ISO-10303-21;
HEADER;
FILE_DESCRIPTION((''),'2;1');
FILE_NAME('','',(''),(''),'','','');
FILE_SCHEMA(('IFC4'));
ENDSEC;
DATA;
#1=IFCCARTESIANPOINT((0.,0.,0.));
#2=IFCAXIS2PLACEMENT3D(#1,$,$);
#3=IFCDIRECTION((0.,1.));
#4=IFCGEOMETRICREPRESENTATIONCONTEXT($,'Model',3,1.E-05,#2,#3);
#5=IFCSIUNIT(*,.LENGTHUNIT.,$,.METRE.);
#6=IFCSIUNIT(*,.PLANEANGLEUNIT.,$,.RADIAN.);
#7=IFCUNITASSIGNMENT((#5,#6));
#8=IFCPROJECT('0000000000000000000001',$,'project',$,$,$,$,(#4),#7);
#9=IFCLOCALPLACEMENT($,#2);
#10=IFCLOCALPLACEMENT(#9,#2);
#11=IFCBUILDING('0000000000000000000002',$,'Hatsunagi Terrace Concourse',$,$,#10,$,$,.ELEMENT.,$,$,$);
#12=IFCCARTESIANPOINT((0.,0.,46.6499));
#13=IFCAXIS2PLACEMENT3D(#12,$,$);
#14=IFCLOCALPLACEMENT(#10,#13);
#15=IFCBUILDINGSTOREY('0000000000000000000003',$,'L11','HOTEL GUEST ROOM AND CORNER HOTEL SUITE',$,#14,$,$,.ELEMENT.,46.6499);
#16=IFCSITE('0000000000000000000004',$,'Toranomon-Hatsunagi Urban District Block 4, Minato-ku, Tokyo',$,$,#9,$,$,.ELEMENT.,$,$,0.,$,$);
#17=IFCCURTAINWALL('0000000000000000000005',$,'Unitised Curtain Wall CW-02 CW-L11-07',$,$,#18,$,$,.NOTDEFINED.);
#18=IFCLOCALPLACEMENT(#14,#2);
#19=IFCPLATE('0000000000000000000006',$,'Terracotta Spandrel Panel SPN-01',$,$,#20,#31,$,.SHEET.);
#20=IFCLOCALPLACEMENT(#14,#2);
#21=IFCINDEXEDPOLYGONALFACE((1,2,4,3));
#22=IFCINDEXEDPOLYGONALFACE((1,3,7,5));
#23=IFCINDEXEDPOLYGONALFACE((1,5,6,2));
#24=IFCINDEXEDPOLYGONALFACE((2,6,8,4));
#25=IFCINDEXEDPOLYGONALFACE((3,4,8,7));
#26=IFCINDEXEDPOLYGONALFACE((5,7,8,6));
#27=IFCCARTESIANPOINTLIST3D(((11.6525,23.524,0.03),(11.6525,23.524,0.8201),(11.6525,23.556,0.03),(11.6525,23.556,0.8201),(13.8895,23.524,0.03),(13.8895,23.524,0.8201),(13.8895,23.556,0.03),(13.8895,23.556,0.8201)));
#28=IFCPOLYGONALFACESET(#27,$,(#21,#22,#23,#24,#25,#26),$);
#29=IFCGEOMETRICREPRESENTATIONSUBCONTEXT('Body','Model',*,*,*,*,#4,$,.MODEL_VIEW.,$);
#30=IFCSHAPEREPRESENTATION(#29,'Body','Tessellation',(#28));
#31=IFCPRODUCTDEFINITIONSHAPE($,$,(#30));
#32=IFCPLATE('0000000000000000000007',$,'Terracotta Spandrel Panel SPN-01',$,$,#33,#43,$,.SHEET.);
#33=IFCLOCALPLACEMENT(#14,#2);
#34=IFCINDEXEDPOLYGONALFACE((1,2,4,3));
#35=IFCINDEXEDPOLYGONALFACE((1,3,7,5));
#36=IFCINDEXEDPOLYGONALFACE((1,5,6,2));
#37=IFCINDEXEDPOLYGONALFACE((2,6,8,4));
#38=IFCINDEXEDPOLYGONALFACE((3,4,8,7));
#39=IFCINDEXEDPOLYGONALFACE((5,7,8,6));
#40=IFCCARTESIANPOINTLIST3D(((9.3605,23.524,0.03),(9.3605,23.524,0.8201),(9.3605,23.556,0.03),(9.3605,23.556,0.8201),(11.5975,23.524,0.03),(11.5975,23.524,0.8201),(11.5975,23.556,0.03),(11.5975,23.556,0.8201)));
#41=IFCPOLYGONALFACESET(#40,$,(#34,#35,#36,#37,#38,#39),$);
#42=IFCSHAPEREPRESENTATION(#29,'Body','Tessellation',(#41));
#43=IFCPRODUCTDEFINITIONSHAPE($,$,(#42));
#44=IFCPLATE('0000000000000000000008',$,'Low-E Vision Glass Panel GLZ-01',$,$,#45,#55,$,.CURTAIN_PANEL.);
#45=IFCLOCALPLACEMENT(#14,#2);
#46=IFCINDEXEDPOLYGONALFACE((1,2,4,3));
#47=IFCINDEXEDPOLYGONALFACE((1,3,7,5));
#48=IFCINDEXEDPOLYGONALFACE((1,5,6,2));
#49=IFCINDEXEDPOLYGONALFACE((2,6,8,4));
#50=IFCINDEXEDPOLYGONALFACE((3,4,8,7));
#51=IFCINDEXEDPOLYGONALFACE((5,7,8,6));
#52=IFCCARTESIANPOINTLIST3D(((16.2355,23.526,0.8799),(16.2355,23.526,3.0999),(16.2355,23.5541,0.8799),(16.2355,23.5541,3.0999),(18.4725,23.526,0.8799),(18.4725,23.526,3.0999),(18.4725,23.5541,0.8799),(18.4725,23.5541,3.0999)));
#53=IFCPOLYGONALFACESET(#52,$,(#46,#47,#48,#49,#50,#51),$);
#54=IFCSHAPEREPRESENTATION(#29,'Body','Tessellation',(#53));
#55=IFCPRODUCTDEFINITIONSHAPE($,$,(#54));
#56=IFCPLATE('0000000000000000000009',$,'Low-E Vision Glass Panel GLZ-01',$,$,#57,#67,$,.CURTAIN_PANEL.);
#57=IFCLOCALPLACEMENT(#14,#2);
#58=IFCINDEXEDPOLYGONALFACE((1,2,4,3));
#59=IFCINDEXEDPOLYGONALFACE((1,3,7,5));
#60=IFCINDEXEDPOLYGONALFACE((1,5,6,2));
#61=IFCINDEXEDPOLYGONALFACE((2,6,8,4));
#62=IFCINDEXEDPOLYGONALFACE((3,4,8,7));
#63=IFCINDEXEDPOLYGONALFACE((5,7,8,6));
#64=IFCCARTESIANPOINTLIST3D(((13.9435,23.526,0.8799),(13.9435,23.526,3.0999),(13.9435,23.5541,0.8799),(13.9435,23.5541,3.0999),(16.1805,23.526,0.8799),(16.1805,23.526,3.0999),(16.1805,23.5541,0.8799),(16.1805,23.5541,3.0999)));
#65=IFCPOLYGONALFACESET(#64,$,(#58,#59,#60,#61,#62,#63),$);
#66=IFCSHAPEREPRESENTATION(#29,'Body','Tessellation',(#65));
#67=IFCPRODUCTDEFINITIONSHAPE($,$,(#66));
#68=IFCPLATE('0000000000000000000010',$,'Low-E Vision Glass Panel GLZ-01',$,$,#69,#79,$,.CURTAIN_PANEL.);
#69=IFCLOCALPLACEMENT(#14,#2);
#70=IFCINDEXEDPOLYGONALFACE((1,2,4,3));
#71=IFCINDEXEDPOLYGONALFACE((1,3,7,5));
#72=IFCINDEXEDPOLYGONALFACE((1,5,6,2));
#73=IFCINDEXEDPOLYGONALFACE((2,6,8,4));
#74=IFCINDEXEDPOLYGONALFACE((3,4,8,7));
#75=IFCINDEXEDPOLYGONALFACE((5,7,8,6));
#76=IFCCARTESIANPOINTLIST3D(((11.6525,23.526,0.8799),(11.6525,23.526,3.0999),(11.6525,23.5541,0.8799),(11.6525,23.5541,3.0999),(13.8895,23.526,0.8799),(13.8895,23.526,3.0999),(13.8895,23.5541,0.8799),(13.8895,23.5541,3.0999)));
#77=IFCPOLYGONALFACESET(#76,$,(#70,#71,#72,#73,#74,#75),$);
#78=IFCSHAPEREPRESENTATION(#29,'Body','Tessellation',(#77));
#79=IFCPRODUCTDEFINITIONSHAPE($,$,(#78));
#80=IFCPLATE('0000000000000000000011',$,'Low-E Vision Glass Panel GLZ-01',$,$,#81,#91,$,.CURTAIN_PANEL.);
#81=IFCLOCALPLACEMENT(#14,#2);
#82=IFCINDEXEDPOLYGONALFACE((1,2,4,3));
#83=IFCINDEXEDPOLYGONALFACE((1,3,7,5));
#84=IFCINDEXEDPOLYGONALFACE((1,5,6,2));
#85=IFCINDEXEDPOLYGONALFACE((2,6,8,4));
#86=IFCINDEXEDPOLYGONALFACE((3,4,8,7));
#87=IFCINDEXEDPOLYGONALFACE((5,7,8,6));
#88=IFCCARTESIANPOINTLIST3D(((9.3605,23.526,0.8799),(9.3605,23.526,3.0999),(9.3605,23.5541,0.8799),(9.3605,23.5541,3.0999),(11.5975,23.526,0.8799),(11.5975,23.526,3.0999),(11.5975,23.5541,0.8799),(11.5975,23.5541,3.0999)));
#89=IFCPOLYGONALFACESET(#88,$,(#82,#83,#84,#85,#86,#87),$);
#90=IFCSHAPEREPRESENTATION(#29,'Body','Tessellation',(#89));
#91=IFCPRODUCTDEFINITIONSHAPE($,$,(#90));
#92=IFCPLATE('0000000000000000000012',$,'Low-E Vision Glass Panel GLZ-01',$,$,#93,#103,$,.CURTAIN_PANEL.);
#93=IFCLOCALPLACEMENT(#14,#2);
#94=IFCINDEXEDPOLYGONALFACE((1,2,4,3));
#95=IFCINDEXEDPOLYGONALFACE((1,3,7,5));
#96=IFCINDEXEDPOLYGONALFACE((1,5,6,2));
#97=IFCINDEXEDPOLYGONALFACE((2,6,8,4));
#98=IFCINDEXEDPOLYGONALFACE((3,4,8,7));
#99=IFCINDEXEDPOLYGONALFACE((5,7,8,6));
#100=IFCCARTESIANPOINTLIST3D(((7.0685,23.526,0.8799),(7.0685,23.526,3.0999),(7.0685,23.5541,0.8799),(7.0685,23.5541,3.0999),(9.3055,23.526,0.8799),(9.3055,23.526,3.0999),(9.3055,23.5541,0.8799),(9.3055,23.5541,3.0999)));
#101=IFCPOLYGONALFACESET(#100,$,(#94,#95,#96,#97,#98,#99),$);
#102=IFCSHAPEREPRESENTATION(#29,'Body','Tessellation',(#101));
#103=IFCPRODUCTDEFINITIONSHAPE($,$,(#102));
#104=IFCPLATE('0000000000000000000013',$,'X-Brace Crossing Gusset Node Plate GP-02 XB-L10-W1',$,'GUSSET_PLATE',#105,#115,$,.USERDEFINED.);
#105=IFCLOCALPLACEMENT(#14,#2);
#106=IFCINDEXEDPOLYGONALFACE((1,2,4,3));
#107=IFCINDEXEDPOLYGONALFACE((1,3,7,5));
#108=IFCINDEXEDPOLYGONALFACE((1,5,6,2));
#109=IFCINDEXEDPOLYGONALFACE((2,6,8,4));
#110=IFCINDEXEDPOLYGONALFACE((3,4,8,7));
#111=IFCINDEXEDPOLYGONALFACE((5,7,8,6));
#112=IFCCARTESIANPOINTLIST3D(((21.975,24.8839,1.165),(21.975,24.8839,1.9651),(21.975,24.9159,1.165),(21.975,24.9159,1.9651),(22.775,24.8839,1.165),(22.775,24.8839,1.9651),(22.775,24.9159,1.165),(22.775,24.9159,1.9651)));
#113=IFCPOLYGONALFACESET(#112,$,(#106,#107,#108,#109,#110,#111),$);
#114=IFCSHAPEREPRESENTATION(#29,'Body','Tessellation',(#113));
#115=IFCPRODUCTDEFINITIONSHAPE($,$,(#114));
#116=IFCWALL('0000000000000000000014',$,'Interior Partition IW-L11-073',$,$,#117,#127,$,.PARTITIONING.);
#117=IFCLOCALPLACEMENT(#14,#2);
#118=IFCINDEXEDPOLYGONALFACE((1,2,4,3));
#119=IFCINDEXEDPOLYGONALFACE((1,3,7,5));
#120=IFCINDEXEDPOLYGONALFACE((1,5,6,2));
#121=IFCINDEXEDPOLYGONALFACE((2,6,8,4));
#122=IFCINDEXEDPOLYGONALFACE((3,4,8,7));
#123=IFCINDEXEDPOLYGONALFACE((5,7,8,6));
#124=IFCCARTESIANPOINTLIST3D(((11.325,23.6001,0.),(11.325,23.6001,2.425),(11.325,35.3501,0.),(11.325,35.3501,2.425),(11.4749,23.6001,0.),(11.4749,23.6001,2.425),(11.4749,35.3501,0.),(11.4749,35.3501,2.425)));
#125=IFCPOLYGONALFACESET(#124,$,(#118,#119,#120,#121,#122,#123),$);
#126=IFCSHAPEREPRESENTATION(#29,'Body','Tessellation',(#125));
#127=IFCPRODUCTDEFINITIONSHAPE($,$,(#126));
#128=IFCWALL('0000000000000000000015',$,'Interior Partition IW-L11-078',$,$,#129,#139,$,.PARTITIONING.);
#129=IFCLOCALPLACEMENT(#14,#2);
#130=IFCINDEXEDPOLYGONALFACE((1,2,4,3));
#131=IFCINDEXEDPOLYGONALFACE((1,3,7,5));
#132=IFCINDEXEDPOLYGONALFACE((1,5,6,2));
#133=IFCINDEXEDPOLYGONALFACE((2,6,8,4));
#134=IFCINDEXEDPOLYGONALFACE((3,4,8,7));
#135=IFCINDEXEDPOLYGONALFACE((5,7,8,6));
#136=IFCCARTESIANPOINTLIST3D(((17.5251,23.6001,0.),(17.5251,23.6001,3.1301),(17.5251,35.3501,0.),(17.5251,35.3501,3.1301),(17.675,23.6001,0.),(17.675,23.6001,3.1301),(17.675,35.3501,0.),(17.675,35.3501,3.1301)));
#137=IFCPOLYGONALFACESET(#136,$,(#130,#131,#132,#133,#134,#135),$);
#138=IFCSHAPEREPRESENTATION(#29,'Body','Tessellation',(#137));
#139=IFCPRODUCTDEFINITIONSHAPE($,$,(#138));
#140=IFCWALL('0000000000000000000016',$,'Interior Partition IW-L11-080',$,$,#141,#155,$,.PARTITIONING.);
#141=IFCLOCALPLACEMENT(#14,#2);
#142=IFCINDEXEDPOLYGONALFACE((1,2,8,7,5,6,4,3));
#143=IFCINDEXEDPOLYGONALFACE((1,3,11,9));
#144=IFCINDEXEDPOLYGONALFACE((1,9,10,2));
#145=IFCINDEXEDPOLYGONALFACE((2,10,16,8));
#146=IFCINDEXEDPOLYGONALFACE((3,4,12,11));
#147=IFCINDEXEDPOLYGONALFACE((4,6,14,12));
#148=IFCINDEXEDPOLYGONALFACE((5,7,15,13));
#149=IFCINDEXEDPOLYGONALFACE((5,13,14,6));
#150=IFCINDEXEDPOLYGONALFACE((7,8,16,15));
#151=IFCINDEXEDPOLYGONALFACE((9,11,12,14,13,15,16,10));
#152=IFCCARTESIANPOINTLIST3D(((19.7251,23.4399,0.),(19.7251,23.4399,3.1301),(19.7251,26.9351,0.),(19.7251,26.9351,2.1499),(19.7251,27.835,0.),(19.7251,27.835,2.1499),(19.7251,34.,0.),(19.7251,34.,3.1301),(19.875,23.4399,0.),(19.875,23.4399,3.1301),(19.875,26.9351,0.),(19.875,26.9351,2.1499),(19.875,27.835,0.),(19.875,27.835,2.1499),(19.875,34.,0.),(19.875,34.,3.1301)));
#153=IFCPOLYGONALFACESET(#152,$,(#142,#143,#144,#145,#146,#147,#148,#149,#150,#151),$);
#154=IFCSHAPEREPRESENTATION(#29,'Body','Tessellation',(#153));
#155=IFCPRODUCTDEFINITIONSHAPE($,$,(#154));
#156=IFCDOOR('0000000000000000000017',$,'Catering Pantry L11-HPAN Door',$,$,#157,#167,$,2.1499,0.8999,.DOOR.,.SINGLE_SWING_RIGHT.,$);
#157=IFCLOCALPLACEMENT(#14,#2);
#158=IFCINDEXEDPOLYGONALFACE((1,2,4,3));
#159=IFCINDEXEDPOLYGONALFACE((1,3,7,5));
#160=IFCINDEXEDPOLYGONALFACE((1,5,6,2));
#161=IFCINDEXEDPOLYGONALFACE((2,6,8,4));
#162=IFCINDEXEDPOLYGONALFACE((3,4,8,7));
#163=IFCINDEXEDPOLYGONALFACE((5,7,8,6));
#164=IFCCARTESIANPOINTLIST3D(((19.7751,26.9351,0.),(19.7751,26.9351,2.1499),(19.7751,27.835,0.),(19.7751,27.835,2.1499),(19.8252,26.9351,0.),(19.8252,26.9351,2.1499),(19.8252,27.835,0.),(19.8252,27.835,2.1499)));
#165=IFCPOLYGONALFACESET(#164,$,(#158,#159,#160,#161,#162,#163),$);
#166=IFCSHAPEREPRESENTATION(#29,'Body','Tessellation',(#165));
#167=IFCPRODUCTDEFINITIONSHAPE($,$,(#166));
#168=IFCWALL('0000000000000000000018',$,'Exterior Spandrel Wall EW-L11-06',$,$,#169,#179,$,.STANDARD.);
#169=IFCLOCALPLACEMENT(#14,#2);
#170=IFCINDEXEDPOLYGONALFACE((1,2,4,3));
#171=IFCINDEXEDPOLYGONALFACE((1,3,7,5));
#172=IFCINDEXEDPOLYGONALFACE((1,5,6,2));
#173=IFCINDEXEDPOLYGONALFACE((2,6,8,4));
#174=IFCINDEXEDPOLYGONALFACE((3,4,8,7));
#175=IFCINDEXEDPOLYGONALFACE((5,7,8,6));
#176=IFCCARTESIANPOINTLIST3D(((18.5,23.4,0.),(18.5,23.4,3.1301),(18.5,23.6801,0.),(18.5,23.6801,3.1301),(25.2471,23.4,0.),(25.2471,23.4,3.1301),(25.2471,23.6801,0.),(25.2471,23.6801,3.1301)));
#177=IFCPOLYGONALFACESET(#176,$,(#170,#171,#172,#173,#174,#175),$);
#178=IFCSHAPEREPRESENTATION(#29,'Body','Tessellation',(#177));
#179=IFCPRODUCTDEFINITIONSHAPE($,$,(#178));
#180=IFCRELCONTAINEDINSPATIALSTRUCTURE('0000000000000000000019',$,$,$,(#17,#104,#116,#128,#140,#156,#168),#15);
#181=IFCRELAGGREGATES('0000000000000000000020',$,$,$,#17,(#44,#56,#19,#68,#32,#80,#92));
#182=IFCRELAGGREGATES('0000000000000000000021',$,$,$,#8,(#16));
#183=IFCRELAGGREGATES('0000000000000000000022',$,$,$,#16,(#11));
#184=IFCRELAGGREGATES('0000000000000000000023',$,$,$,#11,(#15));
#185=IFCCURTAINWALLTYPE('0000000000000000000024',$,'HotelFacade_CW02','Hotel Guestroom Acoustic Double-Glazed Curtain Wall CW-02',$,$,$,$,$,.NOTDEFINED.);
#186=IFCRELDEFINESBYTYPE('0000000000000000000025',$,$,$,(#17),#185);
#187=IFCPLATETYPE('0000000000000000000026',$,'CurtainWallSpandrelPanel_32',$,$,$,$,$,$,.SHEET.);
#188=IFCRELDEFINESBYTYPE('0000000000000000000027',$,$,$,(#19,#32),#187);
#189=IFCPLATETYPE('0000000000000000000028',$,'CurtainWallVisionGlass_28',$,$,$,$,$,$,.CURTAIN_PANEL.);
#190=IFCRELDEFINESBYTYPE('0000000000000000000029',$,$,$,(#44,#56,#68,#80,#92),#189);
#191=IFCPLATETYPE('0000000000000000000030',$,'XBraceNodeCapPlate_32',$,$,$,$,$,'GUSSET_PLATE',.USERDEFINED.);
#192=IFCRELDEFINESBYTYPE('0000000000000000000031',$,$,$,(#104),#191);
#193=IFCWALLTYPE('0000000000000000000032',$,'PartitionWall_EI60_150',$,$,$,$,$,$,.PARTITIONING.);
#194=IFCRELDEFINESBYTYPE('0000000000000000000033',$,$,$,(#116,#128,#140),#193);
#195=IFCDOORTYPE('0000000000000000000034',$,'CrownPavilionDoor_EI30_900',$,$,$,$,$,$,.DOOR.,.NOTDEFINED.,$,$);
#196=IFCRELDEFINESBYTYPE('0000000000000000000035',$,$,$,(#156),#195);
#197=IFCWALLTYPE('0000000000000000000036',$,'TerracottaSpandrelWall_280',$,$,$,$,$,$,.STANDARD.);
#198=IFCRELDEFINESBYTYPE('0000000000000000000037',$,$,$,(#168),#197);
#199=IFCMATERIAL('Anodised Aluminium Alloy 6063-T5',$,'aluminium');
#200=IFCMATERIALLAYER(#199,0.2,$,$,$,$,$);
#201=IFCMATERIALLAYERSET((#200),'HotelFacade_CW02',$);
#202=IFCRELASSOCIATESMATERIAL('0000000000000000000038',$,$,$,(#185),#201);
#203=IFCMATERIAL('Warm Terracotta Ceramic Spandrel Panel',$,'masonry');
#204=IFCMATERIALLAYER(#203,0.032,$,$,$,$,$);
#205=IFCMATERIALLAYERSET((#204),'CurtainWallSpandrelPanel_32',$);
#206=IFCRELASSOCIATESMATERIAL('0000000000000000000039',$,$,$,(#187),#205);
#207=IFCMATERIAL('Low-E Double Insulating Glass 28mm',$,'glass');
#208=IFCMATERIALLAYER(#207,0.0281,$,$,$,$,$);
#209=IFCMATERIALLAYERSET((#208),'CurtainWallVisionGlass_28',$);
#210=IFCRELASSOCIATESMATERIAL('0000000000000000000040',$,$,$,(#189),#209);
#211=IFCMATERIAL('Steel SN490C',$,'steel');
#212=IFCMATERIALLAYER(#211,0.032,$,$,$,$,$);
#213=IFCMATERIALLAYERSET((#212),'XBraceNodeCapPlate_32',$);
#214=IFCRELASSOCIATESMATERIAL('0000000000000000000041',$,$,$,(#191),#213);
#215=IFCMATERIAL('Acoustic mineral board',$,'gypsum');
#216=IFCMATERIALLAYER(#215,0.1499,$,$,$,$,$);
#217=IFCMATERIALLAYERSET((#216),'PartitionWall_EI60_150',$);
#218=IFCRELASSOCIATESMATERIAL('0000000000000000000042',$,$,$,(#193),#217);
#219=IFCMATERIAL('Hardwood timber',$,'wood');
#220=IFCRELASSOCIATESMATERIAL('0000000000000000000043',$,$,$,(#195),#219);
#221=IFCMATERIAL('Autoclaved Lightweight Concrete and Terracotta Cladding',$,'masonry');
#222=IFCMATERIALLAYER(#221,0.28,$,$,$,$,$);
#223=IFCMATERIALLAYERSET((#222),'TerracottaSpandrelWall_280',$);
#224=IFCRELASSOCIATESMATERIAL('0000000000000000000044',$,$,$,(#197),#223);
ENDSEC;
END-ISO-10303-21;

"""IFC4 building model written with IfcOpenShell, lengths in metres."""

from ifc_helpers import new_model, si_unit, direction, frame, frame_2d, origin, origin_2d, place, context, subcontext, project, spatial, rectangle, extrude, material, layer, layer_set, type_object, element, fill, aggregate, save


model = new_model("IFC4")

# Units and contexts
model_context = context("Model", 3, precision=1e-05, world=origin(), true_north=direction((0.0, 1.0)))
body_context = subcontext(model_context, "Body", "Model", "MODEL_VIEW")
ifc_project = project(units=[si_unit("LENGTHUNIT", "METRE"), si_unit("PLANEANGLEUNIT", "RADIAN")], contexts=[model_context])

# Site, building, storey
site_placement = place(None, origin())
site = spatial("IfcSite", under=ifc_project, at=site_placement, Name="Toranomon-Hatsunagi Urban District Block 4, Minato-ku, Tokyo", CompositionType="ELEMENT", RefElevation=0.0)
building_placement = place(site_placement, origin())
building = spatial("IfcBuilding", under=site, at=building_placement, Name="Hatsunagi Terrace Concourse", CompositionType="ELEMENT")
storey_placement = place(building_placement, frame((0.0, 0.0, 46.6499)))
storey = spatial("IfcBuildingStorey", under=building, at=storey_placement, Name="L11", Description="HOTEL GUEST ROOM AND CORNER HOTEL SUITE", CompositionType="ELEMENT", Elevation=46.6499)

# Curtain wall
ifc_material_1 = material(Name="Anodised Aluminium Alloy 6063-T5", Category="aluminium")
ifc_layer_1 = layer(ifc_material_1, 0.2)
ifc_layer_set_1 = layer_set([ifc_layer_1], Name="HotelFacade_CW02")
curtain_wall_type = type_object("IfcCurtainWallType", Name="HotelFacade_CW02", Description="Hotel Guestroom Acoustic Double-Glazed Curtain Wall CW-02", PredefinedType="NOTDEFINED", material=ifc_layer_set_1)
curtain_wall_placement = place(storey_placement, origin())
curtain_wall = element("IfcCurtainWall", 1, at=curtain_wall_placement, inside=storey, type_object=curtain_wall_type, Name="Unitised Curtain Wall CW-02 CW-L11-07", PredefinedType="NOTDEFINED")

# Plates
ifc_material_2 = material(Name="Warm Terracotta Ceramic Spandrel Panel", Category="masonry")
ifc_layer_2 = layer(ifc_material_2, 0.032)
ifc_layer_set_2 = layer_set([ifc_layer_2], Name="CurtainWallSpandrelPanel_32")
plate_type_1 = type_object("IfcPlateType", Name="CurtainWallSpandrelPanel_32", PredefinedType="SHEET", material=ifc_layer_set_2)
plate_1_placement = place(storey_placement, frame((12.771, 23.54, 0.03), z_axis=(0.0, 0.0, 1.0), x_axis=(-1.0, 0.0, 0.0)))
plate_1 = element("IfcPlate", 2, at=plate_1_placement, type_object=plate_type_1, Name="Terracotta Spandrel Panel SPN-01", PredefinedType="SHEET", context=body_context, shape_type="SweptSolid", body=[
    extrude(rectangle(XDim=2.2371, YDim=0.032, at=origin_2d()), origin(), (0.0, 0.0, 1.0), 0.79),
])
plate_2_placement = place(storey_placement, frame((10.479, 23.54, 0.03), z_axis=(0.0, 0.0, 1.0), x_axis=(-1.0, 0.0, 0.0)))
plate_2 = element("IfcPlate", 3, at=plate_2_placement, type_object=plate_type_1, Name="Terracotta Spandrel Panel SPN-01", PredefinedType="SHEET", context=body_context, shape_type="SweptSolid", body=[
    extrude(rectangle(XDim=2.2371, YDim=0.032, at=origin_2d()), origin(), (0.0, 0.0, 1.0), 0.79),
])
ifc_material_3 = material(Name="Low-E Double Insulating Glass 28mm", Category="glass")
ifc_layer_3 = layer(ifc_material_3, 0.0281)
ifc_layer_set_3 = layer_set([ifc_layer_3], Name="CurtainWallVisionGlass_28")
plate_type_2 = type_object("IfcPlateType", Name="CurtainWallVisionGlass_28", PredefinedType="CURTAIN_PANEL", material=ifc_layer_set_3)
plate_3_placement = place(storey_placement, frame((17.354, 23.54, 0.8799), z_axis=(0.0, 0.0, 1.0), x_axis=(-1.0, 0.0, 0.0)))
plate_3 = element("IfcPlate", 4, at=plate_3_placement, type_object=plate_type_2, Name="Low-E Vision Glass Panel GLZ-01", PredefinedType="CURTAIN_PANEL", context=body_context, shape_type="SweptSolid", body=[
    extrude(rectangle(XDim=2.2371, YDim=0.0281, at=origin_2d()), origin(), (0.0, 0.0, 1.0), 2.22),
])
plate_4_placement = place(storey_placement, frame((15.062, 23.54, 0.8799), z_axis=(0.0, 0.0, 1.0), x_axis=(-1.0, 0.0, 0.0)))
plate_4 = element("IfcPlate", 5, at=plate_4_placement, type_object=plate_type_2, Name="Low-E Vision Glass Panel GLZ-01", PredefinedType="CURTAIN_PANEL", context=body_context, shape_type="SweptSolid", body=[
    extrude(rectangle(XDim=2.2371, YDim=0.0281, at=origin_2d()), origin(), (0.0, 0.0, 1.0), 2.22),
])
plate_5_placement = place(storey_placement, frame((12.771, 23.54, 0.8799), z_axis=(0.0, 0.0, 1.0), x_axis=(-1.0, 0.0, 0.0)))
plate_5 = element("IfcPlate", 6, at=plate_5_placement, type_object=plate_type_2, Name="Low-E Vision Glass Panel GLZ-01", PredefinedType="CURTAIN_PANEL", context=body_context, shape_type="SweptSolid", body=[
    extrude(rectangle(XDim=2.2371, YDim=0.0281, at=origin_2d()), origin(), (0.0, 0.0, 1.0), 2.22),
])
plate_6_placement = place(storey_placement, frame((10.479, 23.54, 0.8799), z_axis=(0.0, 0.0, 1.0), x_axis=(-1.0, 0.0, 0.0)))
plate_6 = element("IfcPlate", 7, at=plate_6_placement, type_object=plate_type_2, Name="Low-E Vision Glass Panel GLZ-01", PredefinedType="CURTAIN_PANEL", context=body_context, shape_type="SweptSolid", body=[
    extrude(rectangle(XDim=2.2371, YDim=0.0281, at=origin_2d()), origin(), (0.0, 0.0, 1.0), 2.22),
])
plate_7_placement = place(storey_placement, frame((8.187, 23.54, 0.8799), z_axis=(0.0, 0.0, 1.0), x_axis=(-1.0, 0.0, 0.0)))
plate_7 = element("IfcPlate", 8, at=plate_7_placement, type_object=plate_type_2, Name="Low-E Vision Glass Panel GLZ-01", PredefinedType="CURTAIN_PANEL", context=body_context, shape_type="SweptSolid", body=[
    extrude(rectangle(XDim=2.2371, YDim=0.0281, at=origin_2d()), origin(), (0.0, 0.0, 1.0), 2.22),
])
aggregate(curtain_wall, [plate_3, plate_4, plate_1, plate_5, plate_2, plate_6, plate_7])
ifc_material_4 = material(Name="Steel SN490C", Category="steel")
ifc_layer_4 = layer(ifc_material_4, 0.032)
ifc_layer_set_4 = layer_set([ifc_layer_4], Name="XBraceNodeCapPlate_32")
plate_type_3 = type_object("IfcPlateType", Name="XBraceNodeCapPlate_32", ElementType="GUSSET_PLATE", PredefinedType="USERDEFINED", material=ifc_layer_set_4)
plate_8_placement = place(storey_placement, frame((22.375, 24.8999, 1.165), z_axis=(0.0, 0.0, 1.0), x_axis=(1.0, 0.0, 0.0)))
element("IfcPlate", 9, at=plate_8_placement, inside=storey, type_object=plate_type_3, Name="X-Brace Crossing Gusset Node Plate GP-02 XB-L10-W1", ObjectType="GUSSET_PLATE", PredefinedType="USERDEFINED", context=body_context, shape_type="SweptSolid", body=[
    extrude(rectangle(XDim=0.8, YDim=0.032, at=origin_2d()), origin(), (0.0, 0.0, 1.0), 0.8),
])

# Walls
ifc_material_5 = material(Name="Acoustic mineral board", Category="gypsum")
ifc_layer_5 = layer(ifc_material_5, 0.1499)
ifc_layer_set_5 = layer_set([ifc_layer_5], Name="PartitionWall_EI60_150")
wall_type_1 = type_object("IfcWallType", Name="PartitionWall_EI60_150", PredefinedType="PARTITIONING", material=ifc_layer_set_5)
wall_1_placement = place(storey_placement, frame((11.3999, 23.6001, 0.0), z_axis=(0.0, 0.0, 1.0), x_axis=(0.0, 1.0, 0.0)))
element("IfcWall", 10, at=wall_1_placement, inside=storey, type_object=wall_type_1, Name="Interior Partition IW-L11-073", PredefinedType="PARTITIONING", context=body_context, shape_type="SweptSolid", body=[
    extrude(rectangle(XDim=11.75, YDim=0.1499, at=frame_2d((5.875, 0.0))), origin(), (0.0, 0.0, 1.0), 2.425),
])
wall_2_placement = place(storey_placement, frame((17.6001, 23.6001, 0.0), z_axis=(0.0, 0.0, 1.0), x_axis=(0.0, 1.0, 0.0)))
element("IfcWall", 11, at=wall_2_placement, inside=storey, type_object=wall_type_1, Name="Interior Partition IW-L11-078", PredefinedType="PARTITIONING", context=body_context, shape_type="SweptSolid", body=[
    extrude(rectangle(XDim=11.75, YDim=0.1499, at=frame_2d((5.875, 0.0))), origin(), (0.0, 0.0, 1.0), 3.1301),
])

# Wall, opening, door
wall_3_placement = place(storey_placement, frame((19.8, 23.4399, 0.0), z_axis=(0.0, 0.0, 1.0), x_axis=(0.0, 1.0, 0.0)))
wall_3 = element("IfcWall", 12, at=wall_3_placement, inside=storey, type_object=wall_type_1, Name="Interior Partition IW-L11-080", PredefinedType="PARTITIONING", context=body_context, shape_type="SweptSolid", body=[
    extrude(rectangle(XDim=10.5601, YDim=0.1499, at=frame_2d((5.28, 0.0))), origin(), (0.0, 0.0, 1.0), 3.1301),
])
opening_placement = place(wall_3_placement, frame((3.4951, 0.0, 0.0)))
opening = element("IfcOpeningElement", 13, at=opening_placement, cuts=wall_3, PredefinedType="OPENING", context=body_context, shape_type="SweptSolid", body=[
    extrude(rectangle(XDim=0.8999, YDim=2.1499, at=frame_2d((0.45, 1.075))), frame((0.0, 0.085, 0.0), z_axis=(0.0, -1.0, 0.0), x_axis=(1.0, 0.0, 0.0)), (0.0, 0.0, 1.0), 0.1699),
])
ifc_material_6 = material(Name="Hardwood timber", Category="wood")
door_type = type_object("IfcDoorType", Name="CrownPavilionDoor_EI30_900", OperationType="NOTDEFINED", PredefinedType="DOOR", material=ifc_material_6)
door_placement = place(opening_placement, origin())
door = element("IfcDoor", 14, at=door_placement, inside=storey, type_object=door_type, Name="Catering Pantry L11-HPAN Door", OperationType="SINGLE_SWING_RIGHT", OverallHeight=2.1499, OverallWidth=0.8999, PredefinedType="DOOR", context=body_context, shape_type="SweptSolid", body=[
    extrude(rectangle(XDim=0.8999, YDim=2.1499, at=frame_2d((0.45, 1.075))), frame((0.0, 0.0249, 0.0), z_axis=(0.0, -1.0, 0.0), x_axis=(1.0, 0.0, 0.0)), (0.0, 0.0, 1.0), 0.05),
])
fill(opening, door)

# Wall
ifc_material_7 = material(Name="Autoclaved Lightweight Concrete and Terracotta Cladding", Category="masonry")
ifc_layer_6 = layer(ifc_material_7, 0.28)
ifc_layer_set_6 = layer_set([ifc_layer_6], Name="TerracottaSpandrelWall_280")
wall_type_2 = type_object("IfcWallType", Name="TerracottaSpandrelWall_280", PredefinedType="STANDARD", material=ifc_layer_set_6)
wall_4_placement = place(storey_placement, frame((25.2471, 23.54, 0.0), z_axis=(0.0, 0.0, 1.0), x_axis=(-1.0, 0.0, 0.0)))
element("IfcWall", 15, at=wall_4_placement, inside=storey, type_object=wall_type_2, Name="Exterior Spandrel Wall EW-L11-06", PredefinedType="STANDARD", context=body_context, shape_type="SweptSolid", body=[
    extrude(rectangle(XDim=6.7471, YDim=0.28, at=frame_2d((3.3735, 0.0))), origin(), (0.0, 0.0, 1.0), 3.1301),
])

save(model, "model.ifc")
